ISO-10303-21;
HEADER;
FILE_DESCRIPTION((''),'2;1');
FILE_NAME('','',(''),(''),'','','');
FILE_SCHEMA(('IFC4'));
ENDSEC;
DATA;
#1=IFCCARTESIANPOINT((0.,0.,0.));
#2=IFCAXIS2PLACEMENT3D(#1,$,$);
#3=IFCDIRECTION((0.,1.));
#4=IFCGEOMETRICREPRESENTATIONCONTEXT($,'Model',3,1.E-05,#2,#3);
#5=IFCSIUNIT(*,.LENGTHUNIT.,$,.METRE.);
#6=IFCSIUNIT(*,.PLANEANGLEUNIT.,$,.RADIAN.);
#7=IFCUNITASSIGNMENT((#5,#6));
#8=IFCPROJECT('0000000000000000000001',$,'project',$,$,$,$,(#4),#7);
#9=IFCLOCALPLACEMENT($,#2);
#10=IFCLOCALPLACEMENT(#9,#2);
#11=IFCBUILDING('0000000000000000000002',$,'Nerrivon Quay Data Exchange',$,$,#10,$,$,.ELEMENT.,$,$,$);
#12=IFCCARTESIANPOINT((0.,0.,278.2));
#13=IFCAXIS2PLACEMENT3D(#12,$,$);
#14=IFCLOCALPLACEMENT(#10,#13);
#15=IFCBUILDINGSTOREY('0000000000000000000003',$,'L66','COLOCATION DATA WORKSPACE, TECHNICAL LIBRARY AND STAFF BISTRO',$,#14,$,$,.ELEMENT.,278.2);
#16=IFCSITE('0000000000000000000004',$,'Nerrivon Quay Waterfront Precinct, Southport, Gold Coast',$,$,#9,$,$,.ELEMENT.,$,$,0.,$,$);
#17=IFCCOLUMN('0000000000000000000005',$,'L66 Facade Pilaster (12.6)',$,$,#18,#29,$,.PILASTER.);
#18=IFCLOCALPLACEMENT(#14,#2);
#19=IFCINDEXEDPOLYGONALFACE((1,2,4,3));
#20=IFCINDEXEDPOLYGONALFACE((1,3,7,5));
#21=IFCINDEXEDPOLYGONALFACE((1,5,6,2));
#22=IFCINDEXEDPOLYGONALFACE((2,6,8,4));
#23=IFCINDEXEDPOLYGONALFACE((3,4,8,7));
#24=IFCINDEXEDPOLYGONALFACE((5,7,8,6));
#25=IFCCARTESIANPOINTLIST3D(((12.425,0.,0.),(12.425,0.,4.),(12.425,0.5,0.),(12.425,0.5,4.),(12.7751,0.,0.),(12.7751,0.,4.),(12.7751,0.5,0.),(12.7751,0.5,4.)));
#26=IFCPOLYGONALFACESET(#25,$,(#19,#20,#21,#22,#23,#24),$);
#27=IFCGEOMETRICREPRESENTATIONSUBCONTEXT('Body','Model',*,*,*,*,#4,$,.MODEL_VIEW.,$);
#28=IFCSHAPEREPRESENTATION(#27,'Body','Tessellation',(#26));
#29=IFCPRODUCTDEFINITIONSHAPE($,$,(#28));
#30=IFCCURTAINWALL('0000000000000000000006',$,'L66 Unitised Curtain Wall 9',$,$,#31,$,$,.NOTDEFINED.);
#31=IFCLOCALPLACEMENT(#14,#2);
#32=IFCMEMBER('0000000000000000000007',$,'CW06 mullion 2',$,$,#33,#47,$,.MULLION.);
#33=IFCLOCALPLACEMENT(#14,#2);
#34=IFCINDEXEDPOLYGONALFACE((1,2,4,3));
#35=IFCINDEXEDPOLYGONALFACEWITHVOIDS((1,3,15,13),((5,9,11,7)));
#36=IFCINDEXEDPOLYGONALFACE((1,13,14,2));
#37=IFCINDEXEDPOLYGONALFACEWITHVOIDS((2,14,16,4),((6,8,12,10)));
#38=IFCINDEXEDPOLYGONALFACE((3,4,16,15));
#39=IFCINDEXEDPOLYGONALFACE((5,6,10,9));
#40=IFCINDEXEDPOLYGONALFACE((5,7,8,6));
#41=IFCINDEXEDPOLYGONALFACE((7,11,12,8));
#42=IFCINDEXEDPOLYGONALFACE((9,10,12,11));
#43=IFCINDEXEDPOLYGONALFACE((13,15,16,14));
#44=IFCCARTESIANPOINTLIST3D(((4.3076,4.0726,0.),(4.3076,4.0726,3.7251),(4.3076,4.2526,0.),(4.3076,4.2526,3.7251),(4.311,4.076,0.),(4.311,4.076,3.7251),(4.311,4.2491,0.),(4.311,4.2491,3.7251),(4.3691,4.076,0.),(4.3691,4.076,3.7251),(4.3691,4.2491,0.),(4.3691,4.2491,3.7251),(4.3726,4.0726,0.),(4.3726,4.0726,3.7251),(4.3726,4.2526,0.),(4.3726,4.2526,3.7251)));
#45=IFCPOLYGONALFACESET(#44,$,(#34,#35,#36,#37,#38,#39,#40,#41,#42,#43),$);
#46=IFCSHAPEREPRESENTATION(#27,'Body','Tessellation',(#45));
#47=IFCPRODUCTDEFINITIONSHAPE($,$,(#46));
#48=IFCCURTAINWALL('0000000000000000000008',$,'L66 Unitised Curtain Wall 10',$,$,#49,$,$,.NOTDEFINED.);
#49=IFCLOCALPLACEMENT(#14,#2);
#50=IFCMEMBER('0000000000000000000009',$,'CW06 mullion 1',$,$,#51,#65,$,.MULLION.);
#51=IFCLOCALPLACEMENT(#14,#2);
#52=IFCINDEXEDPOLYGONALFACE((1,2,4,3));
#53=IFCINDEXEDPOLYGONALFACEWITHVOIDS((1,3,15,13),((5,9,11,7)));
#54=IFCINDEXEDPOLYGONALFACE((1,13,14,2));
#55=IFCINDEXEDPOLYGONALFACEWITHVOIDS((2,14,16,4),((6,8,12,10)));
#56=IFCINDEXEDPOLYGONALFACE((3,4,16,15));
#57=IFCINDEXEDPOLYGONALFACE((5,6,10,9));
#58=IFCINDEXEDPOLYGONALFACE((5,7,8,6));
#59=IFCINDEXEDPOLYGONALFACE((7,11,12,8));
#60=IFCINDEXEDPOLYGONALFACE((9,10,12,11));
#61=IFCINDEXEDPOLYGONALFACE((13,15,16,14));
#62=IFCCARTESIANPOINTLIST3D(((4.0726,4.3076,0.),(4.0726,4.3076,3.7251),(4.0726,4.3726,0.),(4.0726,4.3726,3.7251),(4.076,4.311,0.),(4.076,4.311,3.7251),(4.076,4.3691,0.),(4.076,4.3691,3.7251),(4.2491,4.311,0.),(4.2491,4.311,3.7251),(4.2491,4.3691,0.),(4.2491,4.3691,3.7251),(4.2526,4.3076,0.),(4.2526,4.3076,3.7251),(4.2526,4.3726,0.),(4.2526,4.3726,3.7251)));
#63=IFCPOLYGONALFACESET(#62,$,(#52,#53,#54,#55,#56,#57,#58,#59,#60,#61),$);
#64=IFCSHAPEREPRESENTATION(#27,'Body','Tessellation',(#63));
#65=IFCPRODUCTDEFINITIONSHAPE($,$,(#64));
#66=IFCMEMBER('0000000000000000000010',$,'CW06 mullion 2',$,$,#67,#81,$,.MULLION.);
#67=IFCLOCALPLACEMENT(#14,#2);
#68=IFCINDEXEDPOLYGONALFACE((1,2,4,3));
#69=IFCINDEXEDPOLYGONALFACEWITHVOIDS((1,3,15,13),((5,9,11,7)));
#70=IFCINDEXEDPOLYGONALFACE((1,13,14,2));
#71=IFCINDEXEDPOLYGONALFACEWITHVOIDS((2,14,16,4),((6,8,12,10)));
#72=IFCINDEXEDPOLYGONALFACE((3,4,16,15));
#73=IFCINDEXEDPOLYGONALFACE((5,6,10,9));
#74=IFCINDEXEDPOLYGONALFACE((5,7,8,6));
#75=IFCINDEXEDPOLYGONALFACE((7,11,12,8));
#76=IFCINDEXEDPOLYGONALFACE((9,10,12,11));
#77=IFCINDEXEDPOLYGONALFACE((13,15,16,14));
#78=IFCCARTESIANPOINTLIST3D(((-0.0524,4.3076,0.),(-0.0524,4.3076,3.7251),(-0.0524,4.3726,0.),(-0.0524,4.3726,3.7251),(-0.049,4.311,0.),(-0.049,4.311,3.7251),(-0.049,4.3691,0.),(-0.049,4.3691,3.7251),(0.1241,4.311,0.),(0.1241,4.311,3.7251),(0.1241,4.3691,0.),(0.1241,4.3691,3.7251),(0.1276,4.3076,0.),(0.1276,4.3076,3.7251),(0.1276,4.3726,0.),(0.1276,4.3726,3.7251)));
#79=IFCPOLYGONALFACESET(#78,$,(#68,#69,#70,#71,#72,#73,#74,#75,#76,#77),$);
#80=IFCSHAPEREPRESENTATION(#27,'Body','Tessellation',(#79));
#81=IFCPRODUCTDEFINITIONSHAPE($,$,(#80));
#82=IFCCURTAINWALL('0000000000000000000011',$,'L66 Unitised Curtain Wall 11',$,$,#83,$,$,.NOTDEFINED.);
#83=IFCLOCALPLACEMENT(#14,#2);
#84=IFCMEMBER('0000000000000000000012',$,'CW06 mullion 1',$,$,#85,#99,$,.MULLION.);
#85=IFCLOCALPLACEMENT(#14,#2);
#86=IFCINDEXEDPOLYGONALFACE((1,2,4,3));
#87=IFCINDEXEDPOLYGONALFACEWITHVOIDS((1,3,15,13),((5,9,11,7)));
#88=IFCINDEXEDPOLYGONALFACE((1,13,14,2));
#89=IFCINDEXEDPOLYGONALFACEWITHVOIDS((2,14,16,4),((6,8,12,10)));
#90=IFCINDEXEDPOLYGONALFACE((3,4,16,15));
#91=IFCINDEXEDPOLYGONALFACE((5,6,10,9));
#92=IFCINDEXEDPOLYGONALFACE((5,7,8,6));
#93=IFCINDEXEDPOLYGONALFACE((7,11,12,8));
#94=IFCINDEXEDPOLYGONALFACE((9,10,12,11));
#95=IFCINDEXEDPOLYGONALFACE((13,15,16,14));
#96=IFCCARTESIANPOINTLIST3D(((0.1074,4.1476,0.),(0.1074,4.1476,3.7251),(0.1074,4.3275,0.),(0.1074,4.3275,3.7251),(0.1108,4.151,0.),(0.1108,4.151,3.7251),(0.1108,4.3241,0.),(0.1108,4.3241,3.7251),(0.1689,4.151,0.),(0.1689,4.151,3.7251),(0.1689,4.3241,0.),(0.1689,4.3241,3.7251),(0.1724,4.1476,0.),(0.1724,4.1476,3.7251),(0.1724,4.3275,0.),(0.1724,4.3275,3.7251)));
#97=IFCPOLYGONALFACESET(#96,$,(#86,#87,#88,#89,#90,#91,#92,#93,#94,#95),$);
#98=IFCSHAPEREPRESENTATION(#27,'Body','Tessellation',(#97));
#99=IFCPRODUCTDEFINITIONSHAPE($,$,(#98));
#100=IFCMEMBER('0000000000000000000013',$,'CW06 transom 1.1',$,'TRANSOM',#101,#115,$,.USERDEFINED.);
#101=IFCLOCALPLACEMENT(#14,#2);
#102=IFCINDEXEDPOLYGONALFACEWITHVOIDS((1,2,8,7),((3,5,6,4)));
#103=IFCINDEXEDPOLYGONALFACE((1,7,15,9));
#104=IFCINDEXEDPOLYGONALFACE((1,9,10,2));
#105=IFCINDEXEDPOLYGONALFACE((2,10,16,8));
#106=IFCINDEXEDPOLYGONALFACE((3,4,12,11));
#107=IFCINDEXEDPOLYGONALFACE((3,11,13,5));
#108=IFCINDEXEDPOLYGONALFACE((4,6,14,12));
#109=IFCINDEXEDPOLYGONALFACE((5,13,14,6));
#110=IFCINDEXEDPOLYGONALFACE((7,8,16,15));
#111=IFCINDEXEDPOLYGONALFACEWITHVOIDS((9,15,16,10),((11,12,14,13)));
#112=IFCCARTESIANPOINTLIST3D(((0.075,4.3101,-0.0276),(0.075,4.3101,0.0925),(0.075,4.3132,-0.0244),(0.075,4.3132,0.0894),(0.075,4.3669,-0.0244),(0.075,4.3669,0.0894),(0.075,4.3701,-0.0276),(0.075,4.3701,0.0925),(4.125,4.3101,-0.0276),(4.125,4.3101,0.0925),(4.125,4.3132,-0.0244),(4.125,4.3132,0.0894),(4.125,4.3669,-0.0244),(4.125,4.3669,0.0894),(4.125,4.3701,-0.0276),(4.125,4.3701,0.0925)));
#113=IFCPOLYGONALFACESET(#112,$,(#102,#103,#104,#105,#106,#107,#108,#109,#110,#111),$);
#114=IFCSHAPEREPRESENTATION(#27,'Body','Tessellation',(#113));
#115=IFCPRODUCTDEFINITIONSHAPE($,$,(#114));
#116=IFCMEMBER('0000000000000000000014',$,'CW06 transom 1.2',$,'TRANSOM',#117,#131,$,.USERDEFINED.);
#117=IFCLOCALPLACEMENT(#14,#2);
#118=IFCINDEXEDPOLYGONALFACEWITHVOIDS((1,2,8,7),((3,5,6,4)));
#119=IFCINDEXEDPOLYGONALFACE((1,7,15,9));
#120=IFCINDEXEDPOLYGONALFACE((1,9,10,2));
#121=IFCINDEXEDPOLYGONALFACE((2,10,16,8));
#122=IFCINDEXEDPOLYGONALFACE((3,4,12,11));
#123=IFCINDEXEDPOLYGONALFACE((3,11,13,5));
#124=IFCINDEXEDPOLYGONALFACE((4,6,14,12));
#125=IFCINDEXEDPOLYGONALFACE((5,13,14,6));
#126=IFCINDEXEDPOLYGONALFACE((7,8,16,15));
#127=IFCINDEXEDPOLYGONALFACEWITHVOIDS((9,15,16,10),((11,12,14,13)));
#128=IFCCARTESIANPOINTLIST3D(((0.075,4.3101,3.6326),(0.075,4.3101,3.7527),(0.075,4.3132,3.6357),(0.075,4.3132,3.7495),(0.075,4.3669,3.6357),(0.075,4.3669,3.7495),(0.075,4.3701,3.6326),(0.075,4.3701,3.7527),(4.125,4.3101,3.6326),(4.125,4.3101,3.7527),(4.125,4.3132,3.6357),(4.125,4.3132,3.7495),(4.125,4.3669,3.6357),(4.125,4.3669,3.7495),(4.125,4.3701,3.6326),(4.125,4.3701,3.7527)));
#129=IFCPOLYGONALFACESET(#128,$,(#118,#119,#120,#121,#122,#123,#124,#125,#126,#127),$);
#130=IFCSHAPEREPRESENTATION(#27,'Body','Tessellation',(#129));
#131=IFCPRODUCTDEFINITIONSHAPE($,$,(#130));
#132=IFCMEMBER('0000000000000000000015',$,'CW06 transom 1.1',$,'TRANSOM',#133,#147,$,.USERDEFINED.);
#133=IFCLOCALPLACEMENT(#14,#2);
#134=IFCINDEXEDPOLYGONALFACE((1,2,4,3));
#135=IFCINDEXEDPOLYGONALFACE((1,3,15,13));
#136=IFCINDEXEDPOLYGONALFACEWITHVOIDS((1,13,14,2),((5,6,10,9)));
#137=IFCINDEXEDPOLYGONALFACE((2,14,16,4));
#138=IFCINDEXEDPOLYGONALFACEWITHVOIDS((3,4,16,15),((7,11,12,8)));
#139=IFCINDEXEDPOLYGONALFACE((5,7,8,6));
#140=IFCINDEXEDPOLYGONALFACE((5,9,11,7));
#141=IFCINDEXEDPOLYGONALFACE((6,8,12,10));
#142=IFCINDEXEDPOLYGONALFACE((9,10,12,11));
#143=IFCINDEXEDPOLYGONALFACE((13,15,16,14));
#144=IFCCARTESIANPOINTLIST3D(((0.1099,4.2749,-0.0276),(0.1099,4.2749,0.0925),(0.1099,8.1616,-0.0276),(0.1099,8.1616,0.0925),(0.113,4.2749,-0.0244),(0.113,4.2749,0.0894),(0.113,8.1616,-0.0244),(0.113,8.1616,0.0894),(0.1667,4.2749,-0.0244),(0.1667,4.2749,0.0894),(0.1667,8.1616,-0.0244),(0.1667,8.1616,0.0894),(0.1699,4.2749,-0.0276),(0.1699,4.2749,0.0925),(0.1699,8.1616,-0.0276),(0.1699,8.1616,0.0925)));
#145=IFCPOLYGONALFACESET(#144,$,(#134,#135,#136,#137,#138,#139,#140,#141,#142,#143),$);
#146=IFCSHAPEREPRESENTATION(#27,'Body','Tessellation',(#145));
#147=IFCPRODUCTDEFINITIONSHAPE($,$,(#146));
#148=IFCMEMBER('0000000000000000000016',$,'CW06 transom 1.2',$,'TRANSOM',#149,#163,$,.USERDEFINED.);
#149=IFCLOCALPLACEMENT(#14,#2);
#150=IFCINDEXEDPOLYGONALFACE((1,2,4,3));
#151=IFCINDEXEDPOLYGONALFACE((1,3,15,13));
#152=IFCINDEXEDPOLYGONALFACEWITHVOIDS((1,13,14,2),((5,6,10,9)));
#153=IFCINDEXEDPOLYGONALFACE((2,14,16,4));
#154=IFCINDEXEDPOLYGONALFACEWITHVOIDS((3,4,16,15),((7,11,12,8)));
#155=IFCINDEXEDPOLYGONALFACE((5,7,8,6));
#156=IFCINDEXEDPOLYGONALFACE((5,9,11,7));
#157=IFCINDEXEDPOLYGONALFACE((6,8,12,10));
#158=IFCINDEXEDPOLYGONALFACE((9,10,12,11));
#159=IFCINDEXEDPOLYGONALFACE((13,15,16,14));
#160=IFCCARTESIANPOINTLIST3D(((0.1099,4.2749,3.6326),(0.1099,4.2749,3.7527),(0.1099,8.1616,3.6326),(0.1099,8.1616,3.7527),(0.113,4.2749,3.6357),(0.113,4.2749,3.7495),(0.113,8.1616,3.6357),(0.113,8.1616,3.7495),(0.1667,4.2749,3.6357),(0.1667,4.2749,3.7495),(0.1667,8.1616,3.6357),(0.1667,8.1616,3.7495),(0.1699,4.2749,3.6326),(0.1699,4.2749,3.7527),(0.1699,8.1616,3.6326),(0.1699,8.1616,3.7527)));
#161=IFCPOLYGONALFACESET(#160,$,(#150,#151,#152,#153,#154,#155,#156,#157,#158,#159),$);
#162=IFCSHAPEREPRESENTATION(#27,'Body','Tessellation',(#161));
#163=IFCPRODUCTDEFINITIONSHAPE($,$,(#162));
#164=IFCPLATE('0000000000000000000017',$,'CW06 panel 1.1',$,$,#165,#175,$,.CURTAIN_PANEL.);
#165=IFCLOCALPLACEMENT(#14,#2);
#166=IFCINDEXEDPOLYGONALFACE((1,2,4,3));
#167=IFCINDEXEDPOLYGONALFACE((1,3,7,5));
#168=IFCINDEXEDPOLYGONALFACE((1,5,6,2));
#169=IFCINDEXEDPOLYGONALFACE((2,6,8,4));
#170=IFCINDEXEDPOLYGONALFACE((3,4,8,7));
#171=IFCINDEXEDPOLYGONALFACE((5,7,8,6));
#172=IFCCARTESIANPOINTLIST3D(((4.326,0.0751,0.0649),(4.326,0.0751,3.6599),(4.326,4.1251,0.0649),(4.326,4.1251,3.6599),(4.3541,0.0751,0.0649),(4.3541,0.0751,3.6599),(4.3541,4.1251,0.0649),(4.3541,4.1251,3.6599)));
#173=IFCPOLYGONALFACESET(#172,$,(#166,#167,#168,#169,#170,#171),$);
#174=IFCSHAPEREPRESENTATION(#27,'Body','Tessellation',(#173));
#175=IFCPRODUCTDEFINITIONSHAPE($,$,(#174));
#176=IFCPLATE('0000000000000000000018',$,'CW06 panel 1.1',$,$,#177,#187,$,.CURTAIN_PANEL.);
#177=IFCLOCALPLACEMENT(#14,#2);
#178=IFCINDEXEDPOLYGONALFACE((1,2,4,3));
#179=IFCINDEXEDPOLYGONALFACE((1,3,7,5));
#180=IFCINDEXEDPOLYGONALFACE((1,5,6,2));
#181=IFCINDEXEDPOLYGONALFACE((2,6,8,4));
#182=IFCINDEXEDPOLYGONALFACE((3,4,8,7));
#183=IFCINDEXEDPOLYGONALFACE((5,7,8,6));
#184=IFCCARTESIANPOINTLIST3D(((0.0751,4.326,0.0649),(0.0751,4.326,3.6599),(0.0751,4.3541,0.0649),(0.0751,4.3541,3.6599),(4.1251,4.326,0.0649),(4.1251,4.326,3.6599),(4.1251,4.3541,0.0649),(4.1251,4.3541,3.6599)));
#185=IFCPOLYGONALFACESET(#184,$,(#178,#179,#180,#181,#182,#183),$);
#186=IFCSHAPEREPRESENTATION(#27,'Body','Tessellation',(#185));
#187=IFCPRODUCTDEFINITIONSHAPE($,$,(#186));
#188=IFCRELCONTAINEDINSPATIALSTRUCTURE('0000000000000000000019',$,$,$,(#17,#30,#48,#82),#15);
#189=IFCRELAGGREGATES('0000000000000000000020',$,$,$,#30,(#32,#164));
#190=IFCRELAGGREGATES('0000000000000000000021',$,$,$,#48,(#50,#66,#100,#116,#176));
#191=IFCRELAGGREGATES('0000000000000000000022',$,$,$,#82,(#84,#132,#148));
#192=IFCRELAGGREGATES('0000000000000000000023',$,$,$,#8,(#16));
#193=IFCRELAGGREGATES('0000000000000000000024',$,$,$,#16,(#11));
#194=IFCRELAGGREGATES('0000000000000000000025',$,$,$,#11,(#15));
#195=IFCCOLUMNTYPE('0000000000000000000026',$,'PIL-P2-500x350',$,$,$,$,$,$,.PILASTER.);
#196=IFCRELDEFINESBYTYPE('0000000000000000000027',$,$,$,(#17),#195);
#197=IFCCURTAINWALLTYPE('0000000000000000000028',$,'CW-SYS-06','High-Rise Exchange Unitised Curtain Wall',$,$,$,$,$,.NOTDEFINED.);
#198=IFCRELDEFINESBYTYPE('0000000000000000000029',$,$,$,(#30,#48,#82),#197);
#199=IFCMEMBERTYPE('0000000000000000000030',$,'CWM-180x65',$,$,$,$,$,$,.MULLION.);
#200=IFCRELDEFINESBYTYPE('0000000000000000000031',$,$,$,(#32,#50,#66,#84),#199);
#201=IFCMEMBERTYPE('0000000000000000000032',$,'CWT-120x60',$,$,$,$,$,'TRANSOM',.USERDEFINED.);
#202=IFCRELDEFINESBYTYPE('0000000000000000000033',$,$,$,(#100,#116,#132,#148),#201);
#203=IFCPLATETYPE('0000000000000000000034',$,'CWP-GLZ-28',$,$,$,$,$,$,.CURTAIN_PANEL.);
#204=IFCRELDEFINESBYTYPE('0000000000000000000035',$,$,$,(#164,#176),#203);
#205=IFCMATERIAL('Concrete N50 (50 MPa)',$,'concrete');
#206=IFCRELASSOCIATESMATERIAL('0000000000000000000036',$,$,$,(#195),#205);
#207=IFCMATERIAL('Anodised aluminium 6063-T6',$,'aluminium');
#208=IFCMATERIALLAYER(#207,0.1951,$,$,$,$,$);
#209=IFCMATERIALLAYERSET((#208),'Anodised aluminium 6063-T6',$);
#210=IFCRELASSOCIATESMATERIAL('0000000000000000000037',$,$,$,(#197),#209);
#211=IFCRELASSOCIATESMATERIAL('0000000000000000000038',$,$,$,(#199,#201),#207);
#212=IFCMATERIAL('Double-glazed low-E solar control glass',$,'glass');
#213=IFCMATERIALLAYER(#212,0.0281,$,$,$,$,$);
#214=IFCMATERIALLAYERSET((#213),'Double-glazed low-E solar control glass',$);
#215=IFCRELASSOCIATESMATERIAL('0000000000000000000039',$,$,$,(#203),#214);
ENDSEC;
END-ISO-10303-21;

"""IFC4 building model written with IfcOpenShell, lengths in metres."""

from ifc_helpers import new_model, si_unit, direction, frame, origin, origin_2d, place, context, subcontext, project, spatial, rectangle, hollow_rectangle, extrude, material, layer, layer_set, material_profile, profile_set, type_object, element, aggregate, save


model = new_model("IFC4")

# Units and contexts
model_context = context("Model", 3, precision=1e-05, world=origin(), true_north=direction((0.0, 1.0)))
body_context = subcontext(model_context, "Body", "Model", "MODEL_VIEW")
ifc_project = project(units=[si_unit("LENGTHUNIT", "METRE"), si_unit("PLANEANGLEUNIT", "RADIAN")], contexts=[model_context])

# Site, building, storey
site_placement = place(None, origin())
site = spatial("IfcSite", under=ifc_project, at=site_placement, Name="Nerrivon Quay Waterfront Precinct, Southport, Gold Coast", CompositionType="ELEMENT", RefElevation=0.0)
building_placement = place(site_placement, origin())
building = spatial("IfcBuilding", under=site, at=building_placement, Name="Nerrivon Quay Data Exchange", CompositionType="ELEMENT")
storey_placement = place(building_placement, frame((0.0, 0.0, 278.2)))
storey = spatial("IfcBuildingStorey", under=building, at=storey_placement, Name="L66", Description="COLOCATION DATA WORKSPACE, TECHNICAL LIBRARY AND STAFF BISTRO", CompositionType="ELEMENT", Elevation=278.2)

# Column
ifc_material_1 = material(Name="Concrete N50 (50 MPa)", Category="concrete")
ifc_material_profile_1 = material_profile(ifc_material_1, rectangle(XDim=0.3501, YDim=0.5, at=origin_2d()), Name="RC-PIL-500x350")
ifc_profile_set_1 = profile_set([ifc_material_profile_1], Name="Concrete N50 (50 MPa)")
column_type = type_object("IfcColumnType", Name="PIL-P2-500x350", PredefinedType="PILASTER", material=ifc_profile_set_1)
column_placement = place(storey_placement, frame((12.6001, 0.25, 0.0), z_axis=(0.0, 0.0, 1.0), x_axis=(1.0, 0.0, 0.0)))
element("IfcColumn", 1, at=column_placement, inside=storey, type_object=column_type, Name="L66 Facade Pilaster (12.6)", PredefinedType="PILASTER", context=body_context, shape_type="SweptSolid", body=[
    extrude(rectangle(XDim=0.3501, YDim=0.5, at=origin_2d()), origin(), (0.0, 0.0, 1.0), 4.0),
])

# Curtain wall, member
ifc_material_2 = material(Name="Anodised aluminium 6063-T6", Category="aluminium")
ifc_layer_1 = layer(ifc_material_2, 0.1951)
ifc_layer_set_1 = layer_set([ifc_layer_1], Name="Anodised aluminium 6063-T6")
curtain_wall_type = type_object("IfcCurtainWallType", Name="CW-SYS-06", Description="High-Rise Exchange Unitised Curtain Wall", PredefinedType="NOTDEFINED", material=ifc_layer_set_1)
curtain_wall_1_placement = place(storey_placement, origin())
curtain_wall_1 = element("IfcCurtainWall", 2, at=curtain_wall_1_placement, inside=storey, type_object=curtain_wall_type, Name="L66 Unitised Curtain Wall 9", PredefinedType="NOTDEFINED")
ifc_material_profile_2 = material_profile(ifc_material_2, hollow_rectangle(XDim=0.0649, YDim=0.1799, WallThickness=0.0034, at=origin_2d()), Name="ALU-MULL-180x65")
ifc_profile_set_2 = profile_set([ifc_material_profile_2], Name="Anodised aluminium 6063-T6")
member_type_1 = type_object("IfcMemberType", Name="CWM-180x65", PredefinedType="MULLION", material=ifc_profile_set_2)
member_1_placement = place(storey_placement, frame((4.3401, 4.1626, 0.0), z_axis=(0.0, 0.0, 1.0), x_axis=(-1.0, 0.0, 0.0)))
member_1 = element("IfcMember", 3, at=member_1_placement, type_object=member_type_1, Name="CW06 mullion 2", PredefinedType="MULLION", context=body_context, shape_type="SweptSolid", body=[
    extrude(hollow_rectangle(XDim=0.0649, YDim=0.1799, WallThickness=0.0034, at=origin_2d()), origin(), (0.0, 0.0, 1.0), 3.7251),
])

# Curtain wall, members
curtain_wall_2_placement = place(storey_placement, origin())
curtain_wall_2 = element("IfcCurtainWall", 4, at=curtain_wall_2_placement, inside=storey, type_object=curtain_wall_type, Name="L66 Unitised Curtain Wall 10", PredefinedType="NOTDEFINED")
member_2_placement = place(storey_placement, frame((4.1626, 4.3401, 0.0), z_axis=(0.0, 0.0, 1.0), x_axis=(0.0, -1.0, 0.0)))
member_2 = element("IfcMember", 5, at=member_2_placement, type_object=member_type_1, Name="CW06 mullion 1", PredefinedType="MULLION", context=body_context, shape_type="SweptSolid", body=[
    extrude(hollow_rectangle(XDim=0.0649, YDim=0.1799, WallThickness=0.0034, at=origin_2d()), origin(), (0.0, 0.0, 1.0), 3.7251),
])
member_3_placement = place(storey_placement, frame((0.0376, 4.3401, 0.0), z_axis=(0.0, 0.0, 1.0), x_axis=(0.0, -1.0, 0.0)))
member_3 = element("IfcMember", 6, at=member_3_placement, type_object=member_type_1, Name="CW06 mullion 2", PredefinedType="MULLION", context=body_context, shape_type="SweptSolid", body=[
    extrude(hollow_rectangle(XDim=0.0649, YDim=0.1799, WallThickness=0.0034, at=origin_2d()), origin(), (0.0, 0.0, 1.0), 3.7251),
])

# Curtain wall, member
curtain_wall_3_placement = place(storey_placement, origin())
curtain_wall_3 = element("IfcCurtainWall", 7, at=curtain_wall_3_placement, inside=storey, type_object=curtain_wall_type, Name="L66 Unitised Curtain Wall 11", PredefinedType="NOTDEFINED")
member_4_placement = place(storey_placement, frame((0.1399, 4.2375, 0.0), z_axis=(0.0, 0.0, 1.0), x_axis=(-1.0, 0.0, 0.0)))
member_4 = element("IfcMember", 8, at=member_4_placement, type_object=member_type_1, Name="CW06 mullion 1", PredefinedType="MULLION", context=body_context, shape_type="SweptSolid", body=[
    extrude(hollow_rectangle(XDim=0.0649, YDim=0.1799, WallThickness=0.0034, at=origin_2d()), origin(), (0.0, 0.0, 1.0), 3.7251),
])

# Members
ifc_material_profile_3 = material_profile(ifc_material_2, hollow_rectangle(XDim=0.0601, YDim=0.1201, WallThickness=0.0032, at=origin_2d()), Name="ALU-TRAN-120x60")
ifc_profile_set_3 = profile_set([ifc_material_profile_3], Name="Anodised aluminium 6063-T6")
member_type_2 = type_object("IfcMemberType", Name="CWT-120x60", ElementType="TRANSOM", PredefinedType="USERDEFINED", material=ifc_profile_set_3)
member_5_placement = place(storey_placement, frame((4.125, 4.3401, 0.0325), z_axis=(-1.0, 0.0, 0.0), x_axis=(0.0, -1.0, 0.0)))
member_5 = element("IfcMember", 9, at=member_5_placement, type_object=member_type_2, Name="CW06 transom 1.1", ObjectType="TRANSOM", PredefinedType="USERDEFINED", context=body_context, shape_type="SweptSolid", body=[
    extrude(hollow_rectangle(XDim=0.0601, YDim=0.1201, WallThickness=0.0032, at=origin_2d()), origin(), (0.0, 0.0, 1.0), 4.05),
])
member_6_placement = place(storey_placement, frame((4.125, 4.3401, 3.6926), z_axis=(-1.0, 0.0, 0.0), x_axis=(0.0, -1.0, 0.0)))
member_6 = element("IfcMember", 10, at=member_6_placement, type_object=member_type_2, Name="CW06 transom 1.2", ObjectType="TRANSOM", PredefinedType="USERDEFINED", context=body_context, shape_type="SweptSolid", body=[
    extrude(hollow_rectangle(XDim=0.0601, YDim=0.1201, WallThickness=0.0032, at=origin_2d()), origin(), (0.0, 0.0, 1.0), 4.05),
])
member_7_placement = place(storey_placement, frame((0.1399, 4.2749, 0.0325), z_axis=(0.0, 1.0, 0.0), x_axis=(-1.0, 0.0, 0.0)))
member_7 = element("IfcMember", 11, at=member_7_placement, type_object=member_type_2, Name="CW06 transom 1.1", ObjectType="TRANSOM", PredefinedType="USERDEFINED", context=body_context, shape_type="SweptSolid", body=[
    extrude(hollow_rectangle(XDim=0.0601, YDim=0.1201, WallThickness=0.0032, at=origin_2d()), origin(), (0.0, 0.0, 1.0), 3.8867),
])
member_8_placement = place(storey_placement, frame((0.1399, 4.2749, 3.6926), z_axis=(0.0, 1.0, 0.0), x_axis=(-1.0, 0.0, 0.0)))
member_8 = element("IfcMember", 12, at=member_8_placement, type_object=member_type_2, Name="CW06 transom 1.2", ObjectType="TRANSOM", PredefinedType="USERDEFINED", context=body_context, shape_type="SweptSolid", body=[
    extrude(hollow_rectangle(XDim=0.0601, YDim=0.1201, WallThickness=0.0032, at=origin_2d()), origin(), (0.0, 0.0, 1.0), 3.8867),
])

# Plates
ifc_material_3 = material(Name="Double-glazed low-E solar control glass", Category="glass")
ifc_layer_2 = layer(ifc_material_3, 0.0281)
ifc_layer_set_2 = layer_set([ifc_layer_2], Name="Double-glazed low-E solar control glass")
plate_type = type_object("IfcPlateType", Name="CWP-GLZ-28", PredefinedType="CURTAIN_PANEL", material=ifc_layer_set_2)
plate_1_placement = place(storey_placement, frame((4.3401, 2.1001, 0.0649), z_axis=(0.0, 0.0, 1.0), x_axis=(0.0, 1.0, 0.0)))
plate_1 = element("IfcPlate", 13, at=plate_1_placement, type_object=plate_type, Name="CW06 panel 1.1", PredefinedType="CURTAIN_PANEL", context=body_context, shape_type="SweptSolid", body=[
    extrude(rectangle(XDim=4.05, YDim=0.0281, at=origin_2d()), origin(), (0.0, 0.0, 1.0), 3.595),
])
aggregate(curtain_wall_1, [member_1, plate_1])
plate_2_placement = place(storey_placement, frame((2.1001, 4.3401, 0.0649), z_axis=(0.0, 0.0, 1.0), x_axis=(-1.0, 0.0, 0.0)))
plate_2 = element("IfcPlate", 14, at=plate_2_placement, type_object=plate_type, Name="CW06 panel 1.1", PredefinedType="CURTAIN_PANEL", context=body_context, shape_type="SweptSolid", body=[
    extrude(rectangle(XDim=4.05, YDim=0.0281, at=origin_2d()), origin(), (0.0, 0.0, 1.0), 3.595),
])
aggregate(curtain_wall_2, [member_2, member_3, member_5, member_6, plate_2])
aggregate(curtain_wall_3, [member_4, member_7, member_8])

save(model, "model.ifc")
